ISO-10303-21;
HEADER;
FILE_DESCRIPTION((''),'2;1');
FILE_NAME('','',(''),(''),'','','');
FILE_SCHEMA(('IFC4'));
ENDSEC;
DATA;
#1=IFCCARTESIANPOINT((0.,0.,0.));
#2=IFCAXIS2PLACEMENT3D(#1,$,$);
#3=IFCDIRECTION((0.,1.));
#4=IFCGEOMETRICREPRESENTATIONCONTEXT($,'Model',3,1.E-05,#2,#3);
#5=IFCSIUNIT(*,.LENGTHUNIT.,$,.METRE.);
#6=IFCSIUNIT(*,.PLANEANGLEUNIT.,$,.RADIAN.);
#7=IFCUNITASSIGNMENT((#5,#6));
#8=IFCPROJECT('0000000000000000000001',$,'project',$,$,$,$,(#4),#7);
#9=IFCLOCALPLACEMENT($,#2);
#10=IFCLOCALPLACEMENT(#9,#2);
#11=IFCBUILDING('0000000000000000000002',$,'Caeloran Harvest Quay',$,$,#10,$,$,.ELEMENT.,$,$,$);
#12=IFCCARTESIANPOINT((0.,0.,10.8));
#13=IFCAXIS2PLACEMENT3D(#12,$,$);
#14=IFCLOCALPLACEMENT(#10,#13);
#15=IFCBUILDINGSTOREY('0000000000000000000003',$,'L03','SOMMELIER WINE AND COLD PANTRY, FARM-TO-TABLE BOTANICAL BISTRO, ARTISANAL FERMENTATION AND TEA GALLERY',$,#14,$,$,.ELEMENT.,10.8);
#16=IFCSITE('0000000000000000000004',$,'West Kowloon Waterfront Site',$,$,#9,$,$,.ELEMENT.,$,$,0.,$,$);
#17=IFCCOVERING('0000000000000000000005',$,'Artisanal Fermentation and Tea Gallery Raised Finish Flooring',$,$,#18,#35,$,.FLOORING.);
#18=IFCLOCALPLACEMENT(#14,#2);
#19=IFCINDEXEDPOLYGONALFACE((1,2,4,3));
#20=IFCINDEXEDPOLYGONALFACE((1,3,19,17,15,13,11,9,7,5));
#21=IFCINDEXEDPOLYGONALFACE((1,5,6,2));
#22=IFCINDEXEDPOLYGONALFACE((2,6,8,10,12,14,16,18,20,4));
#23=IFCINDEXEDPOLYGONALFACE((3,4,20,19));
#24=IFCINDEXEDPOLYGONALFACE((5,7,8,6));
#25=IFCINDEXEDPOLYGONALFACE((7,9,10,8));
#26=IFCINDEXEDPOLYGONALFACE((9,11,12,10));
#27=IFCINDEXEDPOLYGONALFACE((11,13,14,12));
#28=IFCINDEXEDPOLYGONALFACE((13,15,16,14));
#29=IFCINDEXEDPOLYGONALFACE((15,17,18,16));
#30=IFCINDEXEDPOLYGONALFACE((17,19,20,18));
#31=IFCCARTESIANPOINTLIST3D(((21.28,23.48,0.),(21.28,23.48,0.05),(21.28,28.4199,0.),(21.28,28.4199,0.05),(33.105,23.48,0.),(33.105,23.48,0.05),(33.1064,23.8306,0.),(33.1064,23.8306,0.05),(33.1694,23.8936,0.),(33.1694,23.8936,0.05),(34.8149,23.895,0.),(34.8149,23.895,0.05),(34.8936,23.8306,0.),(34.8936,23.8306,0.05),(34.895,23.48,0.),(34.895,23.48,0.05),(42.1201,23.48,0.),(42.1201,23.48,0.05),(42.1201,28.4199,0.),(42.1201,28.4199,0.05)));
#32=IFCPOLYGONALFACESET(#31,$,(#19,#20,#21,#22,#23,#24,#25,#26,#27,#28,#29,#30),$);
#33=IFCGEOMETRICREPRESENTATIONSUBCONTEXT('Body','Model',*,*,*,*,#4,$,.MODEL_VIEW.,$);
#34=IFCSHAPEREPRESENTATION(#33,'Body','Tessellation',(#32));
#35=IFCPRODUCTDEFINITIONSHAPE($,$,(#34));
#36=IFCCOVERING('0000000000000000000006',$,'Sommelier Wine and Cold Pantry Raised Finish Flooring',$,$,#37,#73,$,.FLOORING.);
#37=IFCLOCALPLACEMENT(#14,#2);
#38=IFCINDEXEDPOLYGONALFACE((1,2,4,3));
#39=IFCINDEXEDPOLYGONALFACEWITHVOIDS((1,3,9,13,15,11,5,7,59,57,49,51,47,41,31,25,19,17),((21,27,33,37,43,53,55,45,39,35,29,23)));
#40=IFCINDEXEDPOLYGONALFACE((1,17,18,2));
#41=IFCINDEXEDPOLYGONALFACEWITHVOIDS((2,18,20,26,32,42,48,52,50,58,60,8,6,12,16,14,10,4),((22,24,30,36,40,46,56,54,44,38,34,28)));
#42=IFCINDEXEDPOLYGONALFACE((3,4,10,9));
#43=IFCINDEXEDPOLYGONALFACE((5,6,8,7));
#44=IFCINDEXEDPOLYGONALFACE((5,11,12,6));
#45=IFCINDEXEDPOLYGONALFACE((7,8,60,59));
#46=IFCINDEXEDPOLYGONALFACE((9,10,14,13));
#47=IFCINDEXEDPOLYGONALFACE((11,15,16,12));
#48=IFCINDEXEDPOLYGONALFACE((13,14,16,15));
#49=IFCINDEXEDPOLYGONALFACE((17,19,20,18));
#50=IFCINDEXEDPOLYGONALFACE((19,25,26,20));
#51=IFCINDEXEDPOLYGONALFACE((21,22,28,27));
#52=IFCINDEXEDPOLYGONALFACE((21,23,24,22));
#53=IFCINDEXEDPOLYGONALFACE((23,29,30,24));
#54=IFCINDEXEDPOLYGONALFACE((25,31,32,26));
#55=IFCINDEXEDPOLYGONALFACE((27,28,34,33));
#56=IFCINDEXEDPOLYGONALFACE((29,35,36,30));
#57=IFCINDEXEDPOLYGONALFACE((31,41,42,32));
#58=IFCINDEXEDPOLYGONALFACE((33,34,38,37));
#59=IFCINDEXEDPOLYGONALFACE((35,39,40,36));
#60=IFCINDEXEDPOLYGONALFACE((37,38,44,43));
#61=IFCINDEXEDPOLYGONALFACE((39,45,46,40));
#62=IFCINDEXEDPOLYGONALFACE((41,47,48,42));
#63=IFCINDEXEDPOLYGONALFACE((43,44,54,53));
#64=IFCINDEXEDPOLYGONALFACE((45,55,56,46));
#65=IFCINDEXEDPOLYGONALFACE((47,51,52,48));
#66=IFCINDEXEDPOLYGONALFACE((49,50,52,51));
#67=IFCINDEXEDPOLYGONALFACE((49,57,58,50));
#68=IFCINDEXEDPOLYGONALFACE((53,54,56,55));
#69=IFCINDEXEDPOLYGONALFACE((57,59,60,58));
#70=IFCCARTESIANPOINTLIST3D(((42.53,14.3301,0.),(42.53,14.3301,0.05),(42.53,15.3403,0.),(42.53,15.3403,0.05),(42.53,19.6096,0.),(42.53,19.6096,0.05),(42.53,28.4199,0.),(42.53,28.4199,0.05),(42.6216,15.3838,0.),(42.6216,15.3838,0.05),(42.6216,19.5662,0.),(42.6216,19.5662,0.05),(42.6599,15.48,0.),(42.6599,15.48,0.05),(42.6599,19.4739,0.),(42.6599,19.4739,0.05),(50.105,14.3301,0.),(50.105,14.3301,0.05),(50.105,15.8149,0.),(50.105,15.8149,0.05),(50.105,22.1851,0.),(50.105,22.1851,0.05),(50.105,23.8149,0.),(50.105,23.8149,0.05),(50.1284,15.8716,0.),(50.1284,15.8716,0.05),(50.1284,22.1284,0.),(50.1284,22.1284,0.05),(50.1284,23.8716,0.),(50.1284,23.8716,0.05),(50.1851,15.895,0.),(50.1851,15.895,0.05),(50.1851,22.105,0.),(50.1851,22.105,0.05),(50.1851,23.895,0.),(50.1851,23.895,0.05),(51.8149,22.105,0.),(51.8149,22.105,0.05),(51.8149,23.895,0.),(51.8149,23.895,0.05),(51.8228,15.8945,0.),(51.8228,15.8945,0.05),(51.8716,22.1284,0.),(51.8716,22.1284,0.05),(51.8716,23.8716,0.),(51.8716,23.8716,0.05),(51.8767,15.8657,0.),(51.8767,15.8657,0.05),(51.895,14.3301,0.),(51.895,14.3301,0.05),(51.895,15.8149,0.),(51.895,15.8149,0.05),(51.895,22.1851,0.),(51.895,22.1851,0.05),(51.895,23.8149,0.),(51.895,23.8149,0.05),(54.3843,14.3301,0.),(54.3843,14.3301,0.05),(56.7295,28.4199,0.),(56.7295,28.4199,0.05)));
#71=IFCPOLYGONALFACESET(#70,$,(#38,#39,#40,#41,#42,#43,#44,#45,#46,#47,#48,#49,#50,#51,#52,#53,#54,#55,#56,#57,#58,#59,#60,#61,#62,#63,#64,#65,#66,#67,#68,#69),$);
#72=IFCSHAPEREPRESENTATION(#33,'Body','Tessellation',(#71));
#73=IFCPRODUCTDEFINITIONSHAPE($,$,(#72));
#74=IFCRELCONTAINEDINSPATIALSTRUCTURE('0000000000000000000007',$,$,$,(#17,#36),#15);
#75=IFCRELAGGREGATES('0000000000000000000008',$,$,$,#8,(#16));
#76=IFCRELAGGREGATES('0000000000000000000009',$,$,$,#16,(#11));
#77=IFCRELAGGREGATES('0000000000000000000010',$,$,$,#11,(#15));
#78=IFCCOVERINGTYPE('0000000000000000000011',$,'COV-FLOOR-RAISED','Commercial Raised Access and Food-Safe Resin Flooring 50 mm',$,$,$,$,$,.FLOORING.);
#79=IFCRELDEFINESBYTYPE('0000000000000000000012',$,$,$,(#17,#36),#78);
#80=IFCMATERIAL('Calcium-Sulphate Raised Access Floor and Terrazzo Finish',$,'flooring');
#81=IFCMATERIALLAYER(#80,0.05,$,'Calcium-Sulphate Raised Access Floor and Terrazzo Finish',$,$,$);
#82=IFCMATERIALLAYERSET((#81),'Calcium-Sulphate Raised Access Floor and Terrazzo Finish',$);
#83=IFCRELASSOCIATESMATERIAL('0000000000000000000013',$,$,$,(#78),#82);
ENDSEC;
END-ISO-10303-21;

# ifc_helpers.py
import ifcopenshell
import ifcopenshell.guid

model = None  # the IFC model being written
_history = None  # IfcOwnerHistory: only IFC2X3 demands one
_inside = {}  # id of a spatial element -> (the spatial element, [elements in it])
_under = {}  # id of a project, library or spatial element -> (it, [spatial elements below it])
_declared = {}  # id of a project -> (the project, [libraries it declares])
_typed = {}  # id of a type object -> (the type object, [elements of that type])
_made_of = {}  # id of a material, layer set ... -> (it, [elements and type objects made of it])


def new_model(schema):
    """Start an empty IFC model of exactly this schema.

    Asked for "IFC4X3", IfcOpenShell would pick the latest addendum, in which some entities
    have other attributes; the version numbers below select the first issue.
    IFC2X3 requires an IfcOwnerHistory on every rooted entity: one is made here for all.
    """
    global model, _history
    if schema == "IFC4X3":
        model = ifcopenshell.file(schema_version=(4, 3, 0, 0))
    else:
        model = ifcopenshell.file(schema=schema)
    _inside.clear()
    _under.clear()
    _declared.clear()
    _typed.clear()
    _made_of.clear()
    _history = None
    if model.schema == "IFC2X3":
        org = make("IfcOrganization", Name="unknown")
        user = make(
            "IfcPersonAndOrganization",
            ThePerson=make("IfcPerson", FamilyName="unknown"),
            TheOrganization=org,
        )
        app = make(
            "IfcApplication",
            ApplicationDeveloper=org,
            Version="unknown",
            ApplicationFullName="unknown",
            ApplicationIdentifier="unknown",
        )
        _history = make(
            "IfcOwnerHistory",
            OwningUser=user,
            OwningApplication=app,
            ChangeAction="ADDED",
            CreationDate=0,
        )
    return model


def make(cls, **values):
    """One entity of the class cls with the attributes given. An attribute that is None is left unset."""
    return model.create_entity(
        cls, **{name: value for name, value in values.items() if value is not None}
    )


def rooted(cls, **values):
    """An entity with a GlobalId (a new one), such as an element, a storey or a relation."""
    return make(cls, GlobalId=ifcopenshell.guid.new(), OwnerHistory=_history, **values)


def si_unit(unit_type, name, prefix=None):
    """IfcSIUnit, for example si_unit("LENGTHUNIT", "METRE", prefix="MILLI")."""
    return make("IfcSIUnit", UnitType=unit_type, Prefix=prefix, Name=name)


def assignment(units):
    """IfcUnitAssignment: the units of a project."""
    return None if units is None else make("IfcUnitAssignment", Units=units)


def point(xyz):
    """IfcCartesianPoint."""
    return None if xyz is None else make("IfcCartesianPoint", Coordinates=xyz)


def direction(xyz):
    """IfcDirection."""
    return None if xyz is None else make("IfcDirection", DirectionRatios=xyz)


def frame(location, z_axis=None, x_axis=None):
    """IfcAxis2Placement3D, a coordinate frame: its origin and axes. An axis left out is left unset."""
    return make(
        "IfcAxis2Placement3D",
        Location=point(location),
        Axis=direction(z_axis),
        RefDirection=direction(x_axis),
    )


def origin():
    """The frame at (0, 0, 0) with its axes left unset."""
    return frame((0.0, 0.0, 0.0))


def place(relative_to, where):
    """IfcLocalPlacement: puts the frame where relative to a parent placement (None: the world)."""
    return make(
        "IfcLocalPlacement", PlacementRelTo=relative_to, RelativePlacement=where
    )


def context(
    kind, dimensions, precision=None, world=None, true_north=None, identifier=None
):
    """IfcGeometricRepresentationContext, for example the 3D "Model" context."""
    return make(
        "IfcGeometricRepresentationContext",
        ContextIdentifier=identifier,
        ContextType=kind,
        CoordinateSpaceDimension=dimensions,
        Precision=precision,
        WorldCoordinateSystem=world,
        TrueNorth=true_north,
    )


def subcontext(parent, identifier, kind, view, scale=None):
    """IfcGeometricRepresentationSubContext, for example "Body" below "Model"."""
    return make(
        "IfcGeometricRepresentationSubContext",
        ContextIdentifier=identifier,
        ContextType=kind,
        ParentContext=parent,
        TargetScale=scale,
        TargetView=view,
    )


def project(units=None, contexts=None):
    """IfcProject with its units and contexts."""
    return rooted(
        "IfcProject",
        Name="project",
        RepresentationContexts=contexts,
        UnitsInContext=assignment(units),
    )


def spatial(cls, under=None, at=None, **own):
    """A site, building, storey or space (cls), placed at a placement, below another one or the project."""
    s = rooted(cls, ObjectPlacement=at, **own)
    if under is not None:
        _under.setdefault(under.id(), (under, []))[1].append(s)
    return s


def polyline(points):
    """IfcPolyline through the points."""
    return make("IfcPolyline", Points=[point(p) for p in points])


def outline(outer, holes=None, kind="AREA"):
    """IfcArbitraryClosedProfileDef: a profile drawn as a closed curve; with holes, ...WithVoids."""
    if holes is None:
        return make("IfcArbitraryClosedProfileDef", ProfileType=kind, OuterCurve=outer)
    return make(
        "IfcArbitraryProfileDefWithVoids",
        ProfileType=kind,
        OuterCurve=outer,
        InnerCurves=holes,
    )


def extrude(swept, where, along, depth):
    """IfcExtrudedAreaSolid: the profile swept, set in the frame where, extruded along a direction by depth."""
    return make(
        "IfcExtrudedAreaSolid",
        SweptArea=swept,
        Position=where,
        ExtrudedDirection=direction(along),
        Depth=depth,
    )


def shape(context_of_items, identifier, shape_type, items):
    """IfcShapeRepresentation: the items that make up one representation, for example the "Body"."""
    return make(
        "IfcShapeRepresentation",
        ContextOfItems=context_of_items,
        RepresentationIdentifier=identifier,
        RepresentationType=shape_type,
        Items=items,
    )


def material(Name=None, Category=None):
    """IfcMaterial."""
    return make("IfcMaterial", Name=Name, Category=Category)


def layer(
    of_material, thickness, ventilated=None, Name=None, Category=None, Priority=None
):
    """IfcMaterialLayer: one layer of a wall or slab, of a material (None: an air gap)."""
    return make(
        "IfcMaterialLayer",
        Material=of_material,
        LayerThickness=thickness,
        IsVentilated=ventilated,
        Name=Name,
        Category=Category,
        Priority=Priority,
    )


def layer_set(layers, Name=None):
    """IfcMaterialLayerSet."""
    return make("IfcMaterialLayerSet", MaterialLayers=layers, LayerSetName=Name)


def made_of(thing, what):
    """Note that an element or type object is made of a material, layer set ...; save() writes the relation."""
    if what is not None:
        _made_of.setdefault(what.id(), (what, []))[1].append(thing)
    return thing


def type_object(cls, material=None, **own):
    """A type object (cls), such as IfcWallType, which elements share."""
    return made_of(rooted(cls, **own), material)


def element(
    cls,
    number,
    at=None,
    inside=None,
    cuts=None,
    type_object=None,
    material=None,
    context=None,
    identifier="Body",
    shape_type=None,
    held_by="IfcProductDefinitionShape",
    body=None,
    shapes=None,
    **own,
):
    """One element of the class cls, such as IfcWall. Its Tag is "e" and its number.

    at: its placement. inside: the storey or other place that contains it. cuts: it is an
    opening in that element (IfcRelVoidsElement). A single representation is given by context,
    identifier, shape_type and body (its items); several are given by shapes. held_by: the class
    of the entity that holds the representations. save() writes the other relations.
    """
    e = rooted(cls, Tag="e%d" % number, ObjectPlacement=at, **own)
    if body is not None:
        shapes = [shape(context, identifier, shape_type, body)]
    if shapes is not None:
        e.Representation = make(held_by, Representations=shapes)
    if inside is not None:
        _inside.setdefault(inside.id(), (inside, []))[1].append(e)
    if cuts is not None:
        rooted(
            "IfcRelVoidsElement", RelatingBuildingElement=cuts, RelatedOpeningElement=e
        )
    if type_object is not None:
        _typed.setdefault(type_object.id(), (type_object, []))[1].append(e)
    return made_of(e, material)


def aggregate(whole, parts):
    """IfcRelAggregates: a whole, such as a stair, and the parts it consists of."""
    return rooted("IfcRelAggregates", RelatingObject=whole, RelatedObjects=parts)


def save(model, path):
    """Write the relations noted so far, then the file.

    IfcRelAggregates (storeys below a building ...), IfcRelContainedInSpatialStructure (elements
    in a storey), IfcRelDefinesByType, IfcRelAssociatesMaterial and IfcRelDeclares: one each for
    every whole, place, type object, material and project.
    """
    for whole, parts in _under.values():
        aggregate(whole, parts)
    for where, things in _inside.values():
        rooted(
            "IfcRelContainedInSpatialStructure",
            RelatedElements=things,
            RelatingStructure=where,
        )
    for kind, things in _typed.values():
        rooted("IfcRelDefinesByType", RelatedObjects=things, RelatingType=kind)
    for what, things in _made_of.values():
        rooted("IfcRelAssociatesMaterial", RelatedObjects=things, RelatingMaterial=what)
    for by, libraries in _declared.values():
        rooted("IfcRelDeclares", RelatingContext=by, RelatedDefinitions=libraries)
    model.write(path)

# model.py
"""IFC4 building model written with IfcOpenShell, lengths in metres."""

from ifc_helpers import new_model, si_unit, direction, frame, origin, place, context, subcontext, project, spatial, polyline, outline, extrude, material, layer, layer_set, type_object, element, save


model = new_model("IFC4")

# Units and contexts
model_context = context("Model", 3, precision=1e-05, world=origin(), true_north=direction((0.0, 1.0)))
body_context = subcontext(model_context, "Body", "Model", "MODEL_VIEW")
ifc_project = project(units=[si_unit("LENGTHUNIT", "METRE"), si_unit("PLANEANGLEUNIT", "RADIAN")], contexts=[model_context])

# Site, building, storey
site_placement = place(None, origin())
site = spatial("IfcSite", under=ifc_project, at=site_placement, Name="West Kowloon Waterfront Site", CompositionType="ELEMENT", RefElevation=0.0)
building_placement = place(site_placement, origin())
building = spatial("IfcBuilding", under=site, at=building_placement, Name="Caeloran Harvest Quay", CompositionType="ELEMENT")
storey_placement = place(building_placement, frame((0.0, 0.0, 10.8)))
storey = spatial("IfcBuildingStorey", under=building, at=storey_placement, Name="L03", Description="SOMMELIER WINE AND COLD PANTRY, FARM-TO-TABLE BOTANICAL BISTRO, ARTISANAL FERMENTATION AND TEA GALLERY", CompositionType="ELEMENT", Elevation=10.8)

# Coverings
ifc_material_1 = material(Name="Calcium-Sulphate Raised Access Floor and Terrazzo Finish", Category="flooring")
ifc_layer_1 = layer(ifc_material_1, 0.05, Name="Calcium-Sulphate Raised Access Floor and Terrazzo Finish")
ifc_layer_set_1 = layer_set([ifc_layer_1], Name="Calcium-Sulphate Raised Access Floor and Terrazzo Finish")
covering_type_1 = type_object("IfcCoveringType", Name="COV-FLOOR-RAISED", Description="Commercial Raised Access and Food-Safe Resin Flooring 50 mm", PredefinedType="FLOORING", material=ifc_layer_set_1)
covering_1_placement = place(storey_placement, origin())
element("IfcCovering", 1, at=covering_1_placement, inside=storey, type_object=covering_type_1, Name="Artisanal Fermentation and Tea Gallery Raised Finish Flooring", PredefinedType="FLOORING", context=body_context, shape_type="SweptSolid", body=[
    extrude(outline(polyline([(42.1201, 28.4199), (42.1201, 23.48), (34.895, 23.48), (34.8936, 23.8306), (34.8149, 23.895), (33.1694, 23.8936), (33.1064, 23.8306), (33.105, 23.48), (21.28, 23.48), (21.28, 28.4199), (42.1201, 28.4199)])), origin(), (0.0, 0.0, 1.0), 0.05),
])
covering_2_placement = place(storey_placement, origin())
element("IfcCovering", 2, at=covering_2_placement, inside=storey, type_object=covering_type_1, Name="Sommelier Wine and Cold Pantry Raised Finish Flooring", PredefinedType="FLOORING", context=body_context, shape_type="SweptSolid", body=[
    extrude(outline(polyline([(42.53, 15.3403), (42.6216, 15.3838), (42.6599, 15.48), (42.6599, 19.4739), (42.6216, 19.5662), (42.53, 19.6096), (42.53, 28.4199), (56.7295, 28.4199), (54.3843, 14.3301), (51.895, 14.3301), (51.895, 15.8149), (51.8767, 15.8657), (51.8228, 15.8945), (50.1851, 15.895), (50.1284, 15.8716), (50.105, 15.8149), (50.105, 14.3301), (42.53, 14.3301), (42.53, 15.3403)]), holes=[polyline([(51.895, 23.8149), (51.8716, 23.8716), (51.8149, 23.895), (50.1851, 23.895), (50.1284, 23.8716), (50.105, 23.8149), (50.105, 22.1851), (50.1284, 22.1284), (50.1851, 22.105), (51.8149, 22.105), (51.8716, 22.1284), (51.895, 22.1851), (51.895, 23.8149)])]), origin(), (0.0, 0.0, 1.0), 0.05),
])

save(model, "model.ifc")
